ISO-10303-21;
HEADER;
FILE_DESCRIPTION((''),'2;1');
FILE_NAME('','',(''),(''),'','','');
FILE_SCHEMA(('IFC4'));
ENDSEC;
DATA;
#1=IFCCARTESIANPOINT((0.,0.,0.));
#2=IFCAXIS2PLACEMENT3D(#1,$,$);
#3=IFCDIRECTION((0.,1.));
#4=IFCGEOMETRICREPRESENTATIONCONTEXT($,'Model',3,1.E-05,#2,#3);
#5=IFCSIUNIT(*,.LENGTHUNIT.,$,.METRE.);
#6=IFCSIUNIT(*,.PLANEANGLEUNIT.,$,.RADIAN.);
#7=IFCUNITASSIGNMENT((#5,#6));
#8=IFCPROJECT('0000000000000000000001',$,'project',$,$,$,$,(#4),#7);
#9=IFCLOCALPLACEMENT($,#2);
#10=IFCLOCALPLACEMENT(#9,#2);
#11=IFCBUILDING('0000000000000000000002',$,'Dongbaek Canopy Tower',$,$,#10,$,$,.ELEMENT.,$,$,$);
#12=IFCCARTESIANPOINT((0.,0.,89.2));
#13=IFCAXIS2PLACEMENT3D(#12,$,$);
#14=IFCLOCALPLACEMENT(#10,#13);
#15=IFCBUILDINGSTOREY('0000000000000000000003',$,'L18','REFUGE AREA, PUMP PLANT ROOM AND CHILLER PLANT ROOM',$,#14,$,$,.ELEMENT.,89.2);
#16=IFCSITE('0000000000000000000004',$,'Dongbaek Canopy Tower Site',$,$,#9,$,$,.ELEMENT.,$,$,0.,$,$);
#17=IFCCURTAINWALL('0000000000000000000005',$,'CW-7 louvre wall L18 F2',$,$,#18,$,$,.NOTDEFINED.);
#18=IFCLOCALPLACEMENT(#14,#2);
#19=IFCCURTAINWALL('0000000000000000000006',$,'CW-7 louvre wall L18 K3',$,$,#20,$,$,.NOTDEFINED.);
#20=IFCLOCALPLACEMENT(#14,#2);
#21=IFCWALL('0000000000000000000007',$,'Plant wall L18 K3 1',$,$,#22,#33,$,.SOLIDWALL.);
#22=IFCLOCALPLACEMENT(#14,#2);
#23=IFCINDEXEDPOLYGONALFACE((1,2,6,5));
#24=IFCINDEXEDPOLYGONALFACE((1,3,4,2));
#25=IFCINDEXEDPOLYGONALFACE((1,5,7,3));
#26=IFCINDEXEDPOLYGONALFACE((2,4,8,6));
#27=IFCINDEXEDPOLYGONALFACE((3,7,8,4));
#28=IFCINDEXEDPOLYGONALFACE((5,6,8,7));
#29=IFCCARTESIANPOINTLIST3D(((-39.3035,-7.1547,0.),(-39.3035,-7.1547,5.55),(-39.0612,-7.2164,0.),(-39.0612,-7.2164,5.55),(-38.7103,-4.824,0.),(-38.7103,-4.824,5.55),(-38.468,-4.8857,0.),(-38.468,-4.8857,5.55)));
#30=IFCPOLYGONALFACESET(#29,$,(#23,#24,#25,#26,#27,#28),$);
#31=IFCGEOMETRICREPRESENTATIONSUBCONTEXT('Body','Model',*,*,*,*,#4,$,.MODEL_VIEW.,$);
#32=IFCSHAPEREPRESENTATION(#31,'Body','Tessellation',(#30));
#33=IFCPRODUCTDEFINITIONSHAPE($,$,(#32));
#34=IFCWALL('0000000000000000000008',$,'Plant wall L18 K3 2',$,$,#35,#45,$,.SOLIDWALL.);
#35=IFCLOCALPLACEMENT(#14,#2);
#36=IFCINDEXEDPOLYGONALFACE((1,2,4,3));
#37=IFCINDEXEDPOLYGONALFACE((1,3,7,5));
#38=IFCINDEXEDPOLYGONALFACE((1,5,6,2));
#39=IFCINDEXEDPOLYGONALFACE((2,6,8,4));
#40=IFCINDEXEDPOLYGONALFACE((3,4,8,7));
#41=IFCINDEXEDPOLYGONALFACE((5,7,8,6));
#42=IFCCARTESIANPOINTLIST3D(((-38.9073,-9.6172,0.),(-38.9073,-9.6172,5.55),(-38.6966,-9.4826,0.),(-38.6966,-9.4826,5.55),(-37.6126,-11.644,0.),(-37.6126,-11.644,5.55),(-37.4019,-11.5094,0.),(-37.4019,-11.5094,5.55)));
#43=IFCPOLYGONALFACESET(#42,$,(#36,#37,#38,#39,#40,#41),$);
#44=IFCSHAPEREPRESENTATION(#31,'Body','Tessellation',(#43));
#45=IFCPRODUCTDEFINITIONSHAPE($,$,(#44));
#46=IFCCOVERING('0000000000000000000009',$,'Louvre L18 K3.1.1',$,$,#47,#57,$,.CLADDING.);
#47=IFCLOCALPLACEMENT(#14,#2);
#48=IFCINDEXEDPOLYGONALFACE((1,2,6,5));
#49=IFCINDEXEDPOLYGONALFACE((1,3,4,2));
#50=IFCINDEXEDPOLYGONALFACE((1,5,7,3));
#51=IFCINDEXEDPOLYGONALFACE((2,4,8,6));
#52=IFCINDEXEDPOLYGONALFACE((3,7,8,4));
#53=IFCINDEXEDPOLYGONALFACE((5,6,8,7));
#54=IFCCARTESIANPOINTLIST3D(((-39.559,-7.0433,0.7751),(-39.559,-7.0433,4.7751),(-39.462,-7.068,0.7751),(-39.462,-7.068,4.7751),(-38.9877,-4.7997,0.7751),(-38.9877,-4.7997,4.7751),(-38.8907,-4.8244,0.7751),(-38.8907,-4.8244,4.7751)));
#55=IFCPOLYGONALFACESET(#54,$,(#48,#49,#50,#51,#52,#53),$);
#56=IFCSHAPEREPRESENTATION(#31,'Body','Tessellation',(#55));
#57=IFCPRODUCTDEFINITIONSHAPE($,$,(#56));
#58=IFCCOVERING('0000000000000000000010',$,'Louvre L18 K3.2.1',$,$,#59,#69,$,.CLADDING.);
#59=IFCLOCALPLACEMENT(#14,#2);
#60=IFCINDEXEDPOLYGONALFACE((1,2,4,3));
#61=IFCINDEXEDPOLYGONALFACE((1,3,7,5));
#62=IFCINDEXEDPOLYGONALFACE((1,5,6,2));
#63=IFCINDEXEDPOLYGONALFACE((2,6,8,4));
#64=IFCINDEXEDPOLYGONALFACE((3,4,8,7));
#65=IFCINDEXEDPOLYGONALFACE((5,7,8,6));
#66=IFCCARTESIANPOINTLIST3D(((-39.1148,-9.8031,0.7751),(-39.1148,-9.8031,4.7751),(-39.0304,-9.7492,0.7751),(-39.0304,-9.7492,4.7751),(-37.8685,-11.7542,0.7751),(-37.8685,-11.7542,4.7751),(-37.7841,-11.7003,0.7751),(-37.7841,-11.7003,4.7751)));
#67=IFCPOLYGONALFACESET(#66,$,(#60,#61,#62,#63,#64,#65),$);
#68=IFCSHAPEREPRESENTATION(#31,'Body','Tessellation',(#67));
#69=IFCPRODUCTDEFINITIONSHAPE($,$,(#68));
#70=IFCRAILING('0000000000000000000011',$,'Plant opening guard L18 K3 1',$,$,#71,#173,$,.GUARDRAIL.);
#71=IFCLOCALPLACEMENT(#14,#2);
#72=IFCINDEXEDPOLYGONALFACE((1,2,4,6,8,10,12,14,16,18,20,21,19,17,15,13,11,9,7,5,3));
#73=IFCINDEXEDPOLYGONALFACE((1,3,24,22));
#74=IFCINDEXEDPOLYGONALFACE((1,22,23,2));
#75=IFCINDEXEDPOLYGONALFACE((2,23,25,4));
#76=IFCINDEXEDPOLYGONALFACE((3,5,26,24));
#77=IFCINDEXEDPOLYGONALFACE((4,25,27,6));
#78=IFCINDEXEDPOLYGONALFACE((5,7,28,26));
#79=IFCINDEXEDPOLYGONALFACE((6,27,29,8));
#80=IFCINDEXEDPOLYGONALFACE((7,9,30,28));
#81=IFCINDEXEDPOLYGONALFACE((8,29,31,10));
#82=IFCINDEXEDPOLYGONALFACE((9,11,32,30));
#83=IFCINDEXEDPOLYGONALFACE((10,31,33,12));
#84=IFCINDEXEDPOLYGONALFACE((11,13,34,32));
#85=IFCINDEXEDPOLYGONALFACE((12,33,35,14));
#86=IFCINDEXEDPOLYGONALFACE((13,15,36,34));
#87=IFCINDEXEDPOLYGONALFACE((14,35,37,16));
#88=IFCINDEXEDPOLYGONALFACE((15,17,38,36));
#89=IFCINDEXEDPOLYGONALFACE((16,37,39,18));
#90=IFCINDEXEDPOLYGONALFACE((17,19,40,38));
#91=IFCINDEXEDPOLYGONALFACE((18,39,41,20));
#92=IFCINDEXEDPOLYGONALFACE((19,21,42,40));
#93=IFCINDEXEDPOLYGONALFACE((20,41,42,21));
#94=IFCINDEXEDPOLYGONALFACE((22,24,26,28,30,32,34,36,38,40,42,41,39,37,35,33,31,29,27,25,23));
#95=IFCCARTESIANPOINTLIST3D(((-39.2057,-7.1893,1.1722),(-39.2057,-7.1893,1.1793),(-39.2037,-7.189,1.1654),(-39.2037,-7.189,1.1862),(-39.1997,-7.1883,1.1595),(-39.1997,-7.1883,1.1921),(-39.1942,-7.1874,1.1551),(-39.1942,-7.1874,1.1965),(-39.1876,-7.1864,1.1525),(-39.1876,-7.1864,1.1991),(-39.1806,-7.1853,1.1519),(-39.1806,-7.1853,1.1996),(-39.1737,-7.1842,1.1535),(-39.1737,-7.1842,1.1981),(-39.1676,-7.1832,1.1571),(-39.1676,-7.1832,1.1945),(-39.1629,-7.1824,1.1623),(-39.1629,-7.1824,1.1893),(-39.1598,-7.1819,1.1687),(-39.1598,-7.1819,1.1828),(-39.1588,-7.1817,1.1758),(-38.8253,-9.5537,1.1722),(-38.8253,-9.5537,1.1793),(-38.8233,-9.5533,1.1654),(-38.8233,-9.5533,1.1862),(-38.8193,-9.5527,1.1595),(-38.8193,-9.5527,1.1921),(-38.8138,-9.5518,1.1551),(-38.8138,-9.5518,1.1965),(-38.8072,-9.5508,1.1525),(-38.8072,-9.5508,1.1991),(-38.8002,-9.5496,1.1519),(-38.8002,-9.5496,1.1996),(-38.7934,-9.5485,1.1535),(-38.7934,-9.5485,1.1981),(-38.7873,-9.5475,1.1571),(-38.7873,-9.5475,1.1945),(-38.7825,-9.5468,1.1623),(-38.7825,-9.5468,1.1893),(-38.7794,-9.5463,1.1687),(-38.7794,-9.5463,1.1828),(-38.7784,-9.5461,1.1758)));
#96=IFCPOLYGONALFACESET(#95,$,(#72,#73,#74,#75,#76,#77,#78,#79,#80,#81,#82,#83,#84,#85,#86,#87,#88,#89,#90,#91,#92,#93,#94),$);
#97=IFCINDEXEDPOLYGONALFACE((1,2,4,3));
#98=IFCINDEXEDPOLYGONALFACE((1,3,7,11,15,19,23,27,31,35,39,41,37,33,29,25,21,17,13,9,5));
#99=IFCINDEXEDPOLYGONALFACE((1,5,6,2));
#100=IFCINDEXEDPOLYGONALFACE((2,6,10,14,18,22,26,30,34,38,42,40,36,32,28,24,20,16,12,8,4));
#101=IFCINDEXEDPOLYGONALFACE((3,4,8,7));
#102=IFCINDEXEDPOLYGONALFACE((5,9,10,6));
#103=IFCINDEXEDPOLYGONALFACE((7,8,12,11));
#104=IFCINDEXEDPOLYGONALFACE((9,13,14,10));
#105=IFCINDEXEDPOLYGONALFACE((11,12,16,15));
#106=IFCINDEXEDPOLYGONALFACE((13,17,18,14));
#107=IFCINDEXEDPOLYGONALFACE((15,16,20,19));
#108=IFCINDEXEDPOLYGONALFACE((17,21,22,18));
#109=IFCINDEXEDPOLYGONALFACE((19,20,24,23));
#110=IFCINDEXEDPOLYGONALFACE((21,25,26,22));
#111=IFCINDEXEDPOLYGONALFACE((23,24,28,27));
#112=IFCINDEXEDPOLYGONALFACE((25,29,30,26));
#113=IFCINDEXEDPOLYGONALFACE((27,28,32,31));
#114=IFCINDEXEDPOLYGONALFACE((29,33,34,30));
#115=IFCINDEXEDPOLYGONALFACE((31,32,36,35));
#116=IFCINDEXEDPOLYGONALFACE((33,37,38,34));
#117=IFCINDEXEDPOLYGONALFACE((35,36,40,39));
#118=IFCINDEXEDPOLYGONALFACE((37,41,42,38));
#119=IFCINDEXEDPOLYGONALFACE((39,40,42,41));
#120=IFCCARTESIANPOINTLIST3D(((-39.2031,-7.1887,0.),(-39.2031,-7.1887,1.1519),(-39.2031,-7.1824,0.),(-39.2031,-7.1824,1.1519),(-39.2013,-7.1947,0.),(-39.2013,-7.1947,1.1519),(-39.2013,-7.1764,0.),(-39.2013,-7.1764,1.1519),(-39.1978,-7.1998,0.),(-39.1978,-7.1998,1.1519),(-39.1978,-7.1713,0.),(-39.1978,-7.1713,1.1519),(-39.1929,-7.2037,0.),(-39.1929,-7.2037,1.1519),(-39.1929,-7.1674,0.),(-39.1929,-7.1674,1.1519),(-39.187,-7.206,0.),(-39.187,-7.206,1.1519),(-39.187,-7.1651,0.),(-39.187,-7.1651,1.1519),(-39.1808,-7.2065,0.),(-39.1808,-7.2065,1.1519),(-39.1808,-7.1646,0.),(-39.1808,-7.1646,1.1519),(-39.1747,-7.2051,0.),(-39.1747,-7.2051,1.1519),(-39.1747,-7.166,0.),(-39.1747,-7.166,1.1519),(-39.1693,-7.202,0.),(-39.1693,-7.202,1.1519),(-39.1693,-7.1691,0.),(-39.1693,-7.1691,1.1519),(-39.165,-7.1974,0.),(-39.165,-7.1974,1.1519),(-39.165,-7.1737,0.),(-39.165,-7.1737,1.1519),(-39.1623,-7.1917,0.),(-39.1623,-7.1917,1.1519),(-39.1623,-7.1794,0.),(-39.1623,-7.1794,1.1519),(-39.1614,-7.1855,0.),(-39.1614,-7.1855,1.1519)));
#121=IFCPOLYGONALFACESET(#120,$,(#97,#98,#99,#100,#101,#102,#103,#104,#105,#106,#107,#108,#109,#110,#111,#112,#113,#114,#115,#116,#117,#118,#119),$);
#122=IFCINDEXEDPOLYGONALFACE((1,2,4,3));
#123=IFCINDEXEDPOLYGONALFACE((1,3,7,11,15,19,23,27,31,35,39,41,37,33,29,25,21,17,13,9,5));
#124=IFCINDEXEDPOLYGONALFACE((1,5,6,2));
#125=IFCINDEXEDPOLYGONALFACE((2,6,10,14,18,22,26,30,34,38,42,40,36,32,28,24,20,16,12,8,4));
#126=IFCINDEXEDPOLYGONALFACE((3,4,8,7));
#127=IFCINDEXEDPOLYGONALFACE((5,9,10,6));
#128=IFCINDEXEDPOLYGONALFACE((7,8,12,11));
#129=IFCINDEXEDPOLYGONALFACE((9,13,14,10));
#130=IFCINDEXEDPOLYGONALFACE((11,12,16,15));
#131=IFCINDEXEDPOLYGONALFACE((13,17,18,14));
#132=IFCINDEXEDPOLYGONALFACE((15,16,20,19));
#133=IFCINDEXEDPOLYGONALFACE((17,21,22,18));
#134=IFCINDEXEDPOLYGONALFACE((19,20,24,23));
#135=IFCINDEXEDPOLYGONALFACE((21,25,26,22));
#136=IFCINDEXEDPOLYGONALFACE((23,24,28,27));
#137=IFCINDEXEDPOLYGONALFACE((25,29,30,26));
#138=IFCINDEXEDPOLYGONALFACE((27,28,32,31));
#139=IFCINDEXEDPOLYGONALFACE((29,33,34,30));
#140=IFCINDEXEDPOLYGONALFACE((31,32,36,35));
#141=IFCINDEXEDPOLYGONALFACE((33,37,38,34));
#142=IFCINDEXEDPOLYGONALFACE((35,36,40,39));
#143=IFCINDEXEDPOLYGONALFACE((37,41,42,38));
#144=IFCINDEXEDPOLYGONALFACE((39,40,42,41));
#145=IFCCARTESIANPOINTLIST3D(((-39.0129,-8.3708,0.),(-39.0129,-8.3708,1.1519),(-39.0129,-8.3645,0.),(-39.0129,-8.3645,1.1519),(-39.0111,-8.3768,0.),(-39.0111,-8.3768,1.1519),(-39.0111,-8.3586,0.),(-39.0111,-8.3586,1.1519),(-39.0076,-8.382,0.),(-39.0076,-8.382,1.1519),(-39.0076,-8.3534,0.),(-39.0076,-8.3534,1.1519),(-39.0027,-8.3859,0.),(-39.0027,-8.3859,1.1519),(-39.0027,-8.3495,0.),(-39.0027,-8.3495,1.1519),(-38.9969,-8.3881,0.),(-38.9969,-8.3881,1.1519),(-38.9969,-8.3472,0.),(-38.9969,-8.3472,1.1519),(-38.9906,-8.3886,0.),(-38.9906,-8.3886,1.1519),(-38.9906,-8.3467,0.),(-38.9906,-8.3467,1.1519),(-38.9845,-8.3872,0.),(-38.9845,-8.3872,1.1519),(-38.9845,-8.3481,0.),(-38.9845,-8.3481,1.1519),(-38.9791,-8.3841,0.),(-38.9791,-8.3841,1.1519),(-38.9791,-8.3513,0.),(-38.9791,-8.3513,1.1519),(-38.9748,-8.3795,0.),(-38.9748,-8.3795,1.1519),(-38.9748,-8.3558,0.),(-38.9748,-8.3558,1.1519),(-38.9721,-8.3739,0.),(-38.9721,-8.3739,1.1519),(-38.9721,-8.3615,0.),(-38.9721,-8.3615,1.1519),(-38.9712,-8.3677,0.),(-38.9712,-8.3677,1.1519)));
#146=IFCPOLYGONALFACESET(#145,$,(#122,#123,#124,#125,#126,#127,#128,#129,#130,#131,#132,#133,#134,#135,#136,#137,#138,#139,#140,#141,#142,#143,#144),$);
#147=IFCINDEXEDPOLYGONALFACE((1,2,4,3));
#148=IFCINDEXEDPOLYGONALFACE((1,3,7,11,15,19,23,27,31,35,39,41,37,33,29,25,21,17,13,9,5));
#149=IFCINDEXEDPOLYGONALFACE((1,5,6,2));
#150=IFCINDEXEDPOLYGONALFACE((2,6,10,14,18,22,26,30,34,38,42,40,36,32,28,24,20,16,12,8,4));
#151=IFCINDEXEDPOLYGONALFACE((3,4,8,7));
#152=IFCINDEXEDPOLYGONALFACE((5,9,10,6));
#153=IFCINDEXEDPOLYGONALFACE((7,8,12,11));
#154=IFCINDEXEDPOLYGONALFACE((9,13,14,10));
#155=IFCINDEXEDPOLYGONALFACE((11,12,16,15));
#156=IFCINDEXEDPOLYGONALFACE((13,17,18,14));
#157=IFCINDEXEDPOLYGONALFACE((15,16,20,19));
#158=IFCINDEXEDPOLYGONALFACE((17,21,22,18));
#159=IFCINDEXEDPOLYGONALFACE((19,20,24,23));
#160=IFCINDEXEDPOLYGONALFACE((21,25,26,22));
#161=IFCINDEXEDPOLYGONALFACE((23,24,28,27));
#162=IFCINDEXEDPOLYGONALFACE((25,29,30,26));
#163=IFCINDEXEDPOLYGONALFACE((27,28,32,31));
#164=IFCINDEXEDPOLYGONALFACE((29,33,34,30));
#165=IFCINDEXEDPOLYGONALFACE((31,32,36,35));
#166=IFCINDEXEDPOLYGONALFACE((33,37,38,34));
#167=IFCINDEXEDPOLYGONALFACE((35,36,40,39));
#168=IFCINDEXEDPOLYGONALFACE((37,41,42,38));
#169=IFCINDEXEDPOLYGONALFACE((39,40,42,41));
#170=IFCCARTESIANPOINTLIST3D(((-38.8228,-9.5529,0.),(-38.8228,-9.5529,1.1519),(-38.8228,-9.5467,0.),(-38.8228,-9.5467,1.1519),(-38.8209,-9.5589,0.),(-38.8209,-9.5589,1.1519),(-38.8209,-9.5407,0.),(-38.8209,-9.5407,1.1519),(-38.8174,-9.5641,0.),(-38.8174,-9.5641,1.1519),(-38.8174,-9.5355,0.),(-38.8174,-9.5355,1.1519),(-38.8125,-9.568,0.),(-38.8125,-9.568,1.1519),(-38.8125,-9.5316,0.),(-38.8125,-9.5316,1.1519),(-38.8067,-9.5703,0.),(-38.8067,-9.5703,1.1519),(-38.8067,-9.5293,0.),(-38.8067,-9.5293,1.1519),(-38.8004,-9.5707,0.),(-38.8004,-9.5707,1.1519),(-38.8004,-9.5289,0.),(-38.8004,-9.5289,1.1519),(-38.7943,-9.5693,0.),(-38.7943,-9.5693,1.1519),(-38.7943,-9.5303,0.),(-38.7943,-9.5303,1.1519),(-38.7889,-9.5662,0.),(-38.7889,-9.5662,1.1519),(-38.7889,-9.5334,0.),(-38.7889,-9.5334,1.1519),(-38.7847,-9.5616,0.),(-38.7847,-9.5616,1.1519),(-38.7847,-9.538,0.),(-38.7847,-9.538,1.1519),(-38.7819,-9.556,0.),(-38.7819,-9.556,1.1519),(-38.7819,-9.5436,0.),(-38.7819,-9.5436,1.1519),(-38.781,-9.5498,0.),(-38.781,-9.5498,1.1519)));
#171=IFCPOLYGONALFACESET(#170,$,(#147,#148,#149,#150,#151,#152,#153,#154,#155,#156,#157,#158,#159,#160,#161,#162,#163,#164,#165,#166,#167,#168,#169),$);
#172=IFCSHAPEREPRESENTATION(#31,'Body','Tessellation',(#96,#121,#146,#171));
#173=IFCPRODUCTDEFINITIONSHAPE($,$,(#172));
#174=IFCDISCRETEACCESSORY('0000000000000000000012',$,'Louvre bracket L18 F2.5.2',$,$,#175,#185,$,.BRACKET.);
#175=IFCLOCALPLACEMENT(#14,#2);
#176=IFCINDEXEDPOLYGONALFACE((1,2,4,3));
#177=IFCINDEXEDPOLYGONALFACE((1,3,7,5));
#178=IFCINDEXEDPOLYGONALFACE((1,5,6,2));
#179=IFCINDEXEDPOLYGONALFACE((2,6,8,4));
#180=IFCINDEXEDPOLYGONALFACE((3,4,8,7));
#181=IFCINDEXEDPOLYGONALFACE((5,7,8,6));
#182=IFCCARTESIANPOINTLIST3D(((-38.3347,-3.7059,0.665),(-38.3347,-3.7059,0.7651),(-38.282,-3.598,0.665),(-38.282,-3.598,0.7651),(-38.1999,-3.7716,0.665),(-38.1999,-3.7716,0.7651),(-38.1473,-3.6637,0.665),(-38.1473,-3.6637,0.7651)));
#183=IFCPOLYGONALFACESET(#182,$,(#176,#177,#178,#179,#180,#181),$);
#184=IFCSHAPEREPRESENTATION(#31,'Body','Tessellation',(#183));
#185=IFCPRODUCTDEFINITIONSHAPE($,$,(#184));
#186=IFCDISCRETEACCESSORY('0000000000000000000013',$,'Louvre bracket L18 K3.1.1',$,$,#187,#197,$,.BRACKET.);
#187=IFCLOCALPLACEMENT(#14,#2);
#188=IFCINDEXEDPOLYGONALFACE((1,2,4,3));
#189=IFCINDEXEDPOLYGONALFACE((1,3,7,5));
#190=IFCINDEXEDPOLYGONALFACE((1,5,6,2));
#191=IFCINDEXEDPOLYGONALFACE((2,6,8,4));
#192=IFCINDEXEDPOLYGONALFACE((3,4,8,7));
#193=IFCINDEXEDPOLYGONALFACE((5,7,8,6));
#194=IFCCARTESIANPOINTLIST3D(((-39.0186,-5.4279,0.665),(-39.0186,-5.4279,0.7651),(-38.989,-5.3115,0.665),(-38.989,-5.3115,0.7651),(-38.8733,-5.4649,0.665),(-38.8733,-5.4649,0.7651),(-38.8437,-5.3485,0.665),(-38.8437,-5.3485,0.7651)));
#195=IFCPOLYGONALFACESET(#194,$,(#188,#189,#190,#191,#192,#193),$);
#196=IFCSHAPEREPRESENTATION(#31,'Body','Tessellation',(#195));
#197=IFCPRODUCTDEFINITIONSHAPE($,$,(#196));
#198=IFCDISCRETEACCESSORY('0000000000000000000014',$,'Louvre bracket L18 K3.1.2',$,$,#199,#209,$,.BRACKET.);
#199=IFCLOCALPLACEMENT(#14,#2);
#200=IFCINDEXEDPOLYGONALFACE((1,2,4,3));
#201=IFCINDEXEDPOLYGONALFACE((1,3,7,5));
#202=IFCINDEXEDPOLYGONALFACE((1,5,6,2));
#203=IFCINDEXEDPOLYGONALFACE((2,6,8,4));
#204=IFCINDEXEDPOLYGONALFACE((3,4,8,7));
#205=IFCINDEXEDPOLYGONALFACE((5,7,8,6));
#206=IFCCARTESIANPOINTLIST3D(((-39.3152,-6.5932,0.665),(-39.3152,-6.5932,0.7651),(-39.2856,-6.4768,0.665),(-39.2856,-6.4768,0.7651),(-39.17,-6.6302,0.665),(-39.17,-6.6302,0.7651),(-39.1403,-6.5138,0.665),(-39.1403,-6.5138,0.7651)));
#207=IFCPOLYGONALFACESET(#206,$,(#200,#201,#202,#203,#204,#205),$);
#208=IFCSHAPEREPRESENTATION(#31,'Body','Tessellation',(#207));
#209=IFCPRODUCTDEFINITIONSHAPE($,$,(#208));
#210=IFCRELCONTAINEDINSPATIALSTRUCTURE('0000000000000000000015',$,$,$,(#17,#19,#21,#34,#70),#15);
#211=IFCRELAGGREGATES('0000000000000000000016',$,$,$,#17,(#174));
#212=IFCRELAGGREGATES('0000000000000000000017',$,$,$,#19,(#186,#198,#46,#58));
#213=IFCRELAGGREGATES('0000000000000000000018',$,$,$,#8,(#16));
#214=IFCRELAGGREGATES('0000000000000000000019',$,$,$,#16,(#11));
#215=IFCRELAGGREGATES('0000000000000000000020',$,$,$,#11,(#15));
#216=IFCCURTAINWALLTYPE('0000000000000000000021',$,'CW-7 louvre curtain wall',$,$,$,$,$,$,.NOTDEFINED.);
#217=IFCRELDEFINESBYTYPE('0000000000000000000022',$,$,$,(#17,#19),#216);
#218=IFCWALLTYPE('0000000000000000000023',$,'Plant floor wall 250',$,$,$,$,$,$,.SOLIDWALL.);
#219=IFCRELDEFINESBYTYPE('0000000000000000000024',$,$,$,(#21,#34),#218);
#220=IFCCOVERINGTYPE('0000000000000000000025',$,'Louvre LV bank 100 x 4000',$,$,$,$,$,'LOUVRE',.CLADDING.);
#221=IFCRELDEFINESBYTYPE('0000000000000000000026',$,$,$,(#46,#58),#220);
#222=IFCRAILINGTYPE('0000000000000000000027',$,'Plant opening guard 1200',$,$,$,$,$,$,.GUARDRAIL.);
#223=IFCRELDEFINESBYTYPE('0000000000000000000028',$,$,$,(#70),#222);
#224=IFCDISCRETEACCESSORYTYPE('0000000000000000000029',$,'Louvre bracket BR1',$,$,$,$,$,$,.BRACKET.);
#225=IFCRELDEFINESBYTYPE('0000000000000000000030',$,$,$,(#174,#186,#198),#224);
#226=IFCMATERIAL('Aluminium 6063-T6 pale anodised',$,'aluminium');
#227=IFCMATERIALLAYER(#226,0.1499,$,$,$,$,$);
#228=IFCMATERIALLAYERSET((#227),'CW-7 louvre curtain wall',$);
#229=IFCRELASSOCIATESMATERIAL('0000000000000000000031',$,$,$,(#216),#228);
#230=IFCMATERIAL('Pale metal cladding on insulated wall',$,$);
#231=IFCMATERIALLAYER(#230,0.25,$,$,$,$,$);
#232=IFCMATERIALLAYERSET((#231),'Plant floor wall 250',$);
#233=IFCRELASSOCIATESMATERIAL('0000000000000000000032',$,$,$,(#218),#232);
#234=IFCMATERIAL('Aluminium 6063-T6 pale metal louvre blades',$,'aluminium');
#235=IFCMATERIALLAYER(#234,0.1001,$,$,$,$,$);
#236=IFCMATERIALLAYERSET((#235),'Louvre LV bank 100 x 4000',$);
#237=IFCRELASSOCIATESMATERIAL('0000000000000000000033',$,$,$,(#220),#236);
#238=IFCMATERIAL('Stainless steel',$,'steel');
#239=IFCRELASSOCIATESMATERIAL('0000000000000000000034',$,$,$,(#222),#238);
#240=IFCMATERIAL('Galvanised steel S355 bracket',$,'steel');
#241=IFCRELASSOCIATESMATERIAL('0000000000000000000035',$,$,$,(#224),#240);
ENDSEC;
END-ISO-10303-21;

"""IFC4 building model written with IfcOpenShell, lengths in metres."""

from ifc_helpers import new_model, si_unit, direction, frame, frame_2d, origin, origin_2d, place, context, subcontext, project, spatial, rectangle, circle, extrude, material, layer, layer_set, type_object, element, aggregate, save


model = new_model("IFC4")

# Units and contexts
model_context = context("Model", 3, precision=1e-05, world=origin(), true_north=direction((0.0, 1.0)))
body_context = subcontext(model_context, "Body", "Model", "MODEL_VIEW")
ifc_project = project(units=[si_unit("LENGTHUNIT", "METRE"), si_unit("PLANEANGLEUNIT", "RADIAN")], contexts=[model_context])

# Site, building, storey
site_placement = place(None, origin())
site = spatial("IfcSite", under=ifc_project, at=site_placement, Name="Dongbaek Canopy Tower Site", CompositionType="ELEMENT", RefElevation=0.0)
building_placement = place(site_placement, origin())
building = spatial("IfcBuilding", under=site, at=building_placement, Name="Dongbaek Canopy Tower", CompositionType="ELEMENT")
storey_placement = place(building_placement, frame((0.0, 0.0, 89.2)))
storey = spatial("IfcBuildingStorey", under=building, at=storey_placement, Name="L18", Description="REFUGE AREA, PUMP PLANT ROOM AND CHILLER PLANT ROOM", CompositionType="ELEMENT", Elevation=89.2)

# Curtain wall
ifc_material_1 = material(Name="Aluminium 6063-T6 pale anodised", Category="aluminium")
ifc_layer_1 = layer(ifc_material_1, 0.1499)
ifc_layer_set_1 = layer_set([ifc_layer_1], Name="CW-7 louvre curtain wall")
curtain_wall_type = type_object("IfcCurtainWallType", Name="CW-7 louvre curtain wall", PredefinedType="NOTDEFINED", material=ifc_layer_set_1)
curtain_wall_1_placement = place(storey_placement, origin())
curtain_wall_1 = element("IfcCurtainWall", 1, at=curtain_wall_1_placement, inside=storey, type_object=curtain_wall_type, Name="CW-7 louvre wall L18 F2", PredefinedType="NOTDEFINED")

# Curtain wall
curtain_wall_2_placement = place(storey_placement, origin())
curtain_wall_2 = element("IfcCurtainWall", 2, at=curtain_wall_2_placement, inside=storey, type_object=curtain_wall_type, Name="CW-7 louvre wall L18 K3", PredefinedType="NOTDEFINED")

# Walls
ifc_material_2 = material(Name="Pale metal cladding on insulated wall")
ifc_layer_2 = layer(ifc_material_2, 0.25)
ifc_layer_set_2 = layer_set([ifc_layer_2], Name="Plant floor wall 250")
wall_type_1 = type_object("IfcWallType", Name="Plant floor wall 250", PredefinedType="SOLIDWALL", material=ifc_layer_set_2)
for number, where, z_axis, x_axis, name in (
    (3, (-38.5891, -4.8547, 0.0), (0.0, 0.0, 1.0), (-0.246665, -0.969101, 0.0), "Plant wall L18 K3 1"),
    (4, (-38.802, -9.5498, 0.0), (0.0, 0.0, 1.0), (0.538313, -0.842745, 0.0), "Plant wall L18 K3 2"),
):
    element("IfcWall", number, at=place(storey_placement, frame(where, z_axis=z_axis, x_axis=x_axis)), inside=storey, type_object=wall_type_1, Name=name, PredefinedType="SOLIDWALL", context=body_context, shape_type="SweptSolid", body=[
        extrude(rectangle(XDim=2.405, YDim=0.25, at=frame_2d((1.2026, 0.0))), origin(), (0.0, 0.0, 1.0), 5.55),
    ])

# Coverings
ifc_material_3 = material(Name="Aluminium 6063-T6 pale metal louvre blades", Category="aluminium")
ifc_layer_3 = layer(ifc_material_3, 0.1001)
ifc_layer_set_3 = layer_set([ifc_layer_3], Name="Louvre LV bank 100 x 4000")
covering_type = type_object("IfcCoveringType", Name="Louvre LV bank 100 x 4000", ElementType="LOUVRE", PredefinedType="CLADDING", material=ifc_layer_set_3)
covering_1_placement = place(storey_placement, frame((-39.2249, -5.9338, 0.7751), z_axis=(0.0, 0.0, 1.0), x_axis=(-0.246731, -0.969084, 0.0)))
covering_1 = element("IfcCovering", 5, at=covering_1_placement, type_object=covering_type, Name="Louvre L18 K3.1.1", PredefinedType="CLADDING", context=body_context, shape_type="SweptSolid", body=[
    extrude(rectangle(XDim=2.3152, YDim=0.1001, at=origin_2d()), origin(), (0.0, 0.0, 1.0), 4.0),
])
covering_2_placement = place(storey_placement, frame((-38.4495, -10.7517, 0.7751), z_axis=(0.0, 0.0, 1.0), x_axis=(0.538303, -0.842751, 0.0)))
covering_2 = element("IfcCovering", 6, at=covering_2_placement, type_object=covering_type, Name="Louvre L18 K3.2.1", PredefinedType="CLADDING", context=body_context, shape_type="SweptSolid", body=[
    extrude(rectangle(XDim=2.3152, YDim=0.1001, at=origin_2d()), origin(), (0.0, 0.0, 1.0), 4.0),
])

# Railing
ifc_material_4 = material(Name="Stainless steel", Category="steel")
railing_type = type_object("IfcRailingType", Name="Plant opening guard 1200", PredefinedType="GUARDRAIL", material=ifc_material_4)
railing_placement = place(storey_placement, frame((-39.1824, -7.1855, 0.0)))
element("IfcRailing", 7, at=railing_placement, inside=storey, type_object=railing_type, Name="Plant opening guard L18 K3 1", PredefinedType="GUARDRAIL", context=body_context, shape_type="SweptSolid", body=[
    extrude(circle(Radius=0.0239, at=origin_2d()), frame((0.0, 0.0, 1.1758), z_axis=(0.158841, -0.987304, 0.0), x_axis=(0.987304, 0.158841, 0.0)), (0.0, 0.0, 1.0), 2.3948),
    extrude(circle(Radius=0.021, at=origin_2d()), origin(), (0.0, 0.0, 1.0), 1.1519),
    extrude(circle(Radius=0.021, at=origin_2d()), frame((0.1902, -1.1821, 0.0)), (0.0, 0.0, 1.0), 1.1519),
    extrude(circle(Radius=0.021, at=origin_2d()), frame((0.3804, -2.3643, 0.0)), (0.0, 0.0, 1.0), 1.1519),
])

# Discrete accessories
ifc_material_5 = material(Name="Galvanised steel S355 bracket", Category="steel")
discrete_accessory_type = type_object("IfcDiscreteAccessoryType", Name="Louvre bracket BR1", PredefinedType="BRACKET", material=ifc_material_5)
discrete_accessory_1_placement = place(storey_placement, frame((-38.241, -3.6848, 0.665), z_axis=(0.0, 0.0, 1.0), x_axis=(-0.438328, -0.898815, 0.0)))
discrete_accessory_1 = element("IfcDiscreteAccessory", 8, at=discrete_accessory_1_placement, type_object=discrete_accessory_type, Name="Louvre bracket L18 F2.5.2", PredefinedType="BRACKET", context=body_context, shape_type="SweptSolid", body=[
    extrude(rectangle(XDim=0.1201, YDim=0.1499, at=origin_2d()), origin(), (0.0, 0.0, 1.0), 0.1001),
])
aggregate(curtain_wall_1, [discrete_accessory_1])
discrete_accessory_2_placement = place(storey_placement, frame((-38.9312, -5.3882, 0.665), z_axis=(0.0, 0.0, 1.0), x_axis=(-0.246731, -0.969084, 0.0)))
discrete_accessory_2 = element("IfcDiscreteAccessory", 9, at=discrete_accessory_2_placement, type_object=discrete_accessory_type, Name="Louvre bracket L18 K3.1.1", PredefinedType="BRACKET", context=body_context, shape_type="SweptSolid", body=[
    extrude(rectangle(XDim=0.1201, YDim=0.1499, at=origin_2d()), origin(), (0.0, 0.0, 1.0), 0.1001),
])
discrete_accessory_3_placement = place(storey_placement, frame((-39.2278, -6.5535, 0.665), z_axis=(0.0, 0.0, 1.0), x_axis=(-0.246731, -0.969084, 0.0)))
discrete_accessory_3 = element("IfcDiscreteAccessory", 10, at=discrete_accessory_3_placement, type_object=discrete_accessory_type, Name="Louvre bracket L18 K3.1.2", PredefinedType="BRACKET", context=body_context, shape_type="SweptSolid", body=[
    extrude(rectangle(XDim=0.1201, YDim=0.1499, at=origin_2d()), origin(), (0.0, 0.0, 1.0), 0.1001),
])
aggregate(curtain_wall_2, [discrete_accessory_2, discrete_accessory_3, covering_1, covering_2])

save(model, "model.ifc")
